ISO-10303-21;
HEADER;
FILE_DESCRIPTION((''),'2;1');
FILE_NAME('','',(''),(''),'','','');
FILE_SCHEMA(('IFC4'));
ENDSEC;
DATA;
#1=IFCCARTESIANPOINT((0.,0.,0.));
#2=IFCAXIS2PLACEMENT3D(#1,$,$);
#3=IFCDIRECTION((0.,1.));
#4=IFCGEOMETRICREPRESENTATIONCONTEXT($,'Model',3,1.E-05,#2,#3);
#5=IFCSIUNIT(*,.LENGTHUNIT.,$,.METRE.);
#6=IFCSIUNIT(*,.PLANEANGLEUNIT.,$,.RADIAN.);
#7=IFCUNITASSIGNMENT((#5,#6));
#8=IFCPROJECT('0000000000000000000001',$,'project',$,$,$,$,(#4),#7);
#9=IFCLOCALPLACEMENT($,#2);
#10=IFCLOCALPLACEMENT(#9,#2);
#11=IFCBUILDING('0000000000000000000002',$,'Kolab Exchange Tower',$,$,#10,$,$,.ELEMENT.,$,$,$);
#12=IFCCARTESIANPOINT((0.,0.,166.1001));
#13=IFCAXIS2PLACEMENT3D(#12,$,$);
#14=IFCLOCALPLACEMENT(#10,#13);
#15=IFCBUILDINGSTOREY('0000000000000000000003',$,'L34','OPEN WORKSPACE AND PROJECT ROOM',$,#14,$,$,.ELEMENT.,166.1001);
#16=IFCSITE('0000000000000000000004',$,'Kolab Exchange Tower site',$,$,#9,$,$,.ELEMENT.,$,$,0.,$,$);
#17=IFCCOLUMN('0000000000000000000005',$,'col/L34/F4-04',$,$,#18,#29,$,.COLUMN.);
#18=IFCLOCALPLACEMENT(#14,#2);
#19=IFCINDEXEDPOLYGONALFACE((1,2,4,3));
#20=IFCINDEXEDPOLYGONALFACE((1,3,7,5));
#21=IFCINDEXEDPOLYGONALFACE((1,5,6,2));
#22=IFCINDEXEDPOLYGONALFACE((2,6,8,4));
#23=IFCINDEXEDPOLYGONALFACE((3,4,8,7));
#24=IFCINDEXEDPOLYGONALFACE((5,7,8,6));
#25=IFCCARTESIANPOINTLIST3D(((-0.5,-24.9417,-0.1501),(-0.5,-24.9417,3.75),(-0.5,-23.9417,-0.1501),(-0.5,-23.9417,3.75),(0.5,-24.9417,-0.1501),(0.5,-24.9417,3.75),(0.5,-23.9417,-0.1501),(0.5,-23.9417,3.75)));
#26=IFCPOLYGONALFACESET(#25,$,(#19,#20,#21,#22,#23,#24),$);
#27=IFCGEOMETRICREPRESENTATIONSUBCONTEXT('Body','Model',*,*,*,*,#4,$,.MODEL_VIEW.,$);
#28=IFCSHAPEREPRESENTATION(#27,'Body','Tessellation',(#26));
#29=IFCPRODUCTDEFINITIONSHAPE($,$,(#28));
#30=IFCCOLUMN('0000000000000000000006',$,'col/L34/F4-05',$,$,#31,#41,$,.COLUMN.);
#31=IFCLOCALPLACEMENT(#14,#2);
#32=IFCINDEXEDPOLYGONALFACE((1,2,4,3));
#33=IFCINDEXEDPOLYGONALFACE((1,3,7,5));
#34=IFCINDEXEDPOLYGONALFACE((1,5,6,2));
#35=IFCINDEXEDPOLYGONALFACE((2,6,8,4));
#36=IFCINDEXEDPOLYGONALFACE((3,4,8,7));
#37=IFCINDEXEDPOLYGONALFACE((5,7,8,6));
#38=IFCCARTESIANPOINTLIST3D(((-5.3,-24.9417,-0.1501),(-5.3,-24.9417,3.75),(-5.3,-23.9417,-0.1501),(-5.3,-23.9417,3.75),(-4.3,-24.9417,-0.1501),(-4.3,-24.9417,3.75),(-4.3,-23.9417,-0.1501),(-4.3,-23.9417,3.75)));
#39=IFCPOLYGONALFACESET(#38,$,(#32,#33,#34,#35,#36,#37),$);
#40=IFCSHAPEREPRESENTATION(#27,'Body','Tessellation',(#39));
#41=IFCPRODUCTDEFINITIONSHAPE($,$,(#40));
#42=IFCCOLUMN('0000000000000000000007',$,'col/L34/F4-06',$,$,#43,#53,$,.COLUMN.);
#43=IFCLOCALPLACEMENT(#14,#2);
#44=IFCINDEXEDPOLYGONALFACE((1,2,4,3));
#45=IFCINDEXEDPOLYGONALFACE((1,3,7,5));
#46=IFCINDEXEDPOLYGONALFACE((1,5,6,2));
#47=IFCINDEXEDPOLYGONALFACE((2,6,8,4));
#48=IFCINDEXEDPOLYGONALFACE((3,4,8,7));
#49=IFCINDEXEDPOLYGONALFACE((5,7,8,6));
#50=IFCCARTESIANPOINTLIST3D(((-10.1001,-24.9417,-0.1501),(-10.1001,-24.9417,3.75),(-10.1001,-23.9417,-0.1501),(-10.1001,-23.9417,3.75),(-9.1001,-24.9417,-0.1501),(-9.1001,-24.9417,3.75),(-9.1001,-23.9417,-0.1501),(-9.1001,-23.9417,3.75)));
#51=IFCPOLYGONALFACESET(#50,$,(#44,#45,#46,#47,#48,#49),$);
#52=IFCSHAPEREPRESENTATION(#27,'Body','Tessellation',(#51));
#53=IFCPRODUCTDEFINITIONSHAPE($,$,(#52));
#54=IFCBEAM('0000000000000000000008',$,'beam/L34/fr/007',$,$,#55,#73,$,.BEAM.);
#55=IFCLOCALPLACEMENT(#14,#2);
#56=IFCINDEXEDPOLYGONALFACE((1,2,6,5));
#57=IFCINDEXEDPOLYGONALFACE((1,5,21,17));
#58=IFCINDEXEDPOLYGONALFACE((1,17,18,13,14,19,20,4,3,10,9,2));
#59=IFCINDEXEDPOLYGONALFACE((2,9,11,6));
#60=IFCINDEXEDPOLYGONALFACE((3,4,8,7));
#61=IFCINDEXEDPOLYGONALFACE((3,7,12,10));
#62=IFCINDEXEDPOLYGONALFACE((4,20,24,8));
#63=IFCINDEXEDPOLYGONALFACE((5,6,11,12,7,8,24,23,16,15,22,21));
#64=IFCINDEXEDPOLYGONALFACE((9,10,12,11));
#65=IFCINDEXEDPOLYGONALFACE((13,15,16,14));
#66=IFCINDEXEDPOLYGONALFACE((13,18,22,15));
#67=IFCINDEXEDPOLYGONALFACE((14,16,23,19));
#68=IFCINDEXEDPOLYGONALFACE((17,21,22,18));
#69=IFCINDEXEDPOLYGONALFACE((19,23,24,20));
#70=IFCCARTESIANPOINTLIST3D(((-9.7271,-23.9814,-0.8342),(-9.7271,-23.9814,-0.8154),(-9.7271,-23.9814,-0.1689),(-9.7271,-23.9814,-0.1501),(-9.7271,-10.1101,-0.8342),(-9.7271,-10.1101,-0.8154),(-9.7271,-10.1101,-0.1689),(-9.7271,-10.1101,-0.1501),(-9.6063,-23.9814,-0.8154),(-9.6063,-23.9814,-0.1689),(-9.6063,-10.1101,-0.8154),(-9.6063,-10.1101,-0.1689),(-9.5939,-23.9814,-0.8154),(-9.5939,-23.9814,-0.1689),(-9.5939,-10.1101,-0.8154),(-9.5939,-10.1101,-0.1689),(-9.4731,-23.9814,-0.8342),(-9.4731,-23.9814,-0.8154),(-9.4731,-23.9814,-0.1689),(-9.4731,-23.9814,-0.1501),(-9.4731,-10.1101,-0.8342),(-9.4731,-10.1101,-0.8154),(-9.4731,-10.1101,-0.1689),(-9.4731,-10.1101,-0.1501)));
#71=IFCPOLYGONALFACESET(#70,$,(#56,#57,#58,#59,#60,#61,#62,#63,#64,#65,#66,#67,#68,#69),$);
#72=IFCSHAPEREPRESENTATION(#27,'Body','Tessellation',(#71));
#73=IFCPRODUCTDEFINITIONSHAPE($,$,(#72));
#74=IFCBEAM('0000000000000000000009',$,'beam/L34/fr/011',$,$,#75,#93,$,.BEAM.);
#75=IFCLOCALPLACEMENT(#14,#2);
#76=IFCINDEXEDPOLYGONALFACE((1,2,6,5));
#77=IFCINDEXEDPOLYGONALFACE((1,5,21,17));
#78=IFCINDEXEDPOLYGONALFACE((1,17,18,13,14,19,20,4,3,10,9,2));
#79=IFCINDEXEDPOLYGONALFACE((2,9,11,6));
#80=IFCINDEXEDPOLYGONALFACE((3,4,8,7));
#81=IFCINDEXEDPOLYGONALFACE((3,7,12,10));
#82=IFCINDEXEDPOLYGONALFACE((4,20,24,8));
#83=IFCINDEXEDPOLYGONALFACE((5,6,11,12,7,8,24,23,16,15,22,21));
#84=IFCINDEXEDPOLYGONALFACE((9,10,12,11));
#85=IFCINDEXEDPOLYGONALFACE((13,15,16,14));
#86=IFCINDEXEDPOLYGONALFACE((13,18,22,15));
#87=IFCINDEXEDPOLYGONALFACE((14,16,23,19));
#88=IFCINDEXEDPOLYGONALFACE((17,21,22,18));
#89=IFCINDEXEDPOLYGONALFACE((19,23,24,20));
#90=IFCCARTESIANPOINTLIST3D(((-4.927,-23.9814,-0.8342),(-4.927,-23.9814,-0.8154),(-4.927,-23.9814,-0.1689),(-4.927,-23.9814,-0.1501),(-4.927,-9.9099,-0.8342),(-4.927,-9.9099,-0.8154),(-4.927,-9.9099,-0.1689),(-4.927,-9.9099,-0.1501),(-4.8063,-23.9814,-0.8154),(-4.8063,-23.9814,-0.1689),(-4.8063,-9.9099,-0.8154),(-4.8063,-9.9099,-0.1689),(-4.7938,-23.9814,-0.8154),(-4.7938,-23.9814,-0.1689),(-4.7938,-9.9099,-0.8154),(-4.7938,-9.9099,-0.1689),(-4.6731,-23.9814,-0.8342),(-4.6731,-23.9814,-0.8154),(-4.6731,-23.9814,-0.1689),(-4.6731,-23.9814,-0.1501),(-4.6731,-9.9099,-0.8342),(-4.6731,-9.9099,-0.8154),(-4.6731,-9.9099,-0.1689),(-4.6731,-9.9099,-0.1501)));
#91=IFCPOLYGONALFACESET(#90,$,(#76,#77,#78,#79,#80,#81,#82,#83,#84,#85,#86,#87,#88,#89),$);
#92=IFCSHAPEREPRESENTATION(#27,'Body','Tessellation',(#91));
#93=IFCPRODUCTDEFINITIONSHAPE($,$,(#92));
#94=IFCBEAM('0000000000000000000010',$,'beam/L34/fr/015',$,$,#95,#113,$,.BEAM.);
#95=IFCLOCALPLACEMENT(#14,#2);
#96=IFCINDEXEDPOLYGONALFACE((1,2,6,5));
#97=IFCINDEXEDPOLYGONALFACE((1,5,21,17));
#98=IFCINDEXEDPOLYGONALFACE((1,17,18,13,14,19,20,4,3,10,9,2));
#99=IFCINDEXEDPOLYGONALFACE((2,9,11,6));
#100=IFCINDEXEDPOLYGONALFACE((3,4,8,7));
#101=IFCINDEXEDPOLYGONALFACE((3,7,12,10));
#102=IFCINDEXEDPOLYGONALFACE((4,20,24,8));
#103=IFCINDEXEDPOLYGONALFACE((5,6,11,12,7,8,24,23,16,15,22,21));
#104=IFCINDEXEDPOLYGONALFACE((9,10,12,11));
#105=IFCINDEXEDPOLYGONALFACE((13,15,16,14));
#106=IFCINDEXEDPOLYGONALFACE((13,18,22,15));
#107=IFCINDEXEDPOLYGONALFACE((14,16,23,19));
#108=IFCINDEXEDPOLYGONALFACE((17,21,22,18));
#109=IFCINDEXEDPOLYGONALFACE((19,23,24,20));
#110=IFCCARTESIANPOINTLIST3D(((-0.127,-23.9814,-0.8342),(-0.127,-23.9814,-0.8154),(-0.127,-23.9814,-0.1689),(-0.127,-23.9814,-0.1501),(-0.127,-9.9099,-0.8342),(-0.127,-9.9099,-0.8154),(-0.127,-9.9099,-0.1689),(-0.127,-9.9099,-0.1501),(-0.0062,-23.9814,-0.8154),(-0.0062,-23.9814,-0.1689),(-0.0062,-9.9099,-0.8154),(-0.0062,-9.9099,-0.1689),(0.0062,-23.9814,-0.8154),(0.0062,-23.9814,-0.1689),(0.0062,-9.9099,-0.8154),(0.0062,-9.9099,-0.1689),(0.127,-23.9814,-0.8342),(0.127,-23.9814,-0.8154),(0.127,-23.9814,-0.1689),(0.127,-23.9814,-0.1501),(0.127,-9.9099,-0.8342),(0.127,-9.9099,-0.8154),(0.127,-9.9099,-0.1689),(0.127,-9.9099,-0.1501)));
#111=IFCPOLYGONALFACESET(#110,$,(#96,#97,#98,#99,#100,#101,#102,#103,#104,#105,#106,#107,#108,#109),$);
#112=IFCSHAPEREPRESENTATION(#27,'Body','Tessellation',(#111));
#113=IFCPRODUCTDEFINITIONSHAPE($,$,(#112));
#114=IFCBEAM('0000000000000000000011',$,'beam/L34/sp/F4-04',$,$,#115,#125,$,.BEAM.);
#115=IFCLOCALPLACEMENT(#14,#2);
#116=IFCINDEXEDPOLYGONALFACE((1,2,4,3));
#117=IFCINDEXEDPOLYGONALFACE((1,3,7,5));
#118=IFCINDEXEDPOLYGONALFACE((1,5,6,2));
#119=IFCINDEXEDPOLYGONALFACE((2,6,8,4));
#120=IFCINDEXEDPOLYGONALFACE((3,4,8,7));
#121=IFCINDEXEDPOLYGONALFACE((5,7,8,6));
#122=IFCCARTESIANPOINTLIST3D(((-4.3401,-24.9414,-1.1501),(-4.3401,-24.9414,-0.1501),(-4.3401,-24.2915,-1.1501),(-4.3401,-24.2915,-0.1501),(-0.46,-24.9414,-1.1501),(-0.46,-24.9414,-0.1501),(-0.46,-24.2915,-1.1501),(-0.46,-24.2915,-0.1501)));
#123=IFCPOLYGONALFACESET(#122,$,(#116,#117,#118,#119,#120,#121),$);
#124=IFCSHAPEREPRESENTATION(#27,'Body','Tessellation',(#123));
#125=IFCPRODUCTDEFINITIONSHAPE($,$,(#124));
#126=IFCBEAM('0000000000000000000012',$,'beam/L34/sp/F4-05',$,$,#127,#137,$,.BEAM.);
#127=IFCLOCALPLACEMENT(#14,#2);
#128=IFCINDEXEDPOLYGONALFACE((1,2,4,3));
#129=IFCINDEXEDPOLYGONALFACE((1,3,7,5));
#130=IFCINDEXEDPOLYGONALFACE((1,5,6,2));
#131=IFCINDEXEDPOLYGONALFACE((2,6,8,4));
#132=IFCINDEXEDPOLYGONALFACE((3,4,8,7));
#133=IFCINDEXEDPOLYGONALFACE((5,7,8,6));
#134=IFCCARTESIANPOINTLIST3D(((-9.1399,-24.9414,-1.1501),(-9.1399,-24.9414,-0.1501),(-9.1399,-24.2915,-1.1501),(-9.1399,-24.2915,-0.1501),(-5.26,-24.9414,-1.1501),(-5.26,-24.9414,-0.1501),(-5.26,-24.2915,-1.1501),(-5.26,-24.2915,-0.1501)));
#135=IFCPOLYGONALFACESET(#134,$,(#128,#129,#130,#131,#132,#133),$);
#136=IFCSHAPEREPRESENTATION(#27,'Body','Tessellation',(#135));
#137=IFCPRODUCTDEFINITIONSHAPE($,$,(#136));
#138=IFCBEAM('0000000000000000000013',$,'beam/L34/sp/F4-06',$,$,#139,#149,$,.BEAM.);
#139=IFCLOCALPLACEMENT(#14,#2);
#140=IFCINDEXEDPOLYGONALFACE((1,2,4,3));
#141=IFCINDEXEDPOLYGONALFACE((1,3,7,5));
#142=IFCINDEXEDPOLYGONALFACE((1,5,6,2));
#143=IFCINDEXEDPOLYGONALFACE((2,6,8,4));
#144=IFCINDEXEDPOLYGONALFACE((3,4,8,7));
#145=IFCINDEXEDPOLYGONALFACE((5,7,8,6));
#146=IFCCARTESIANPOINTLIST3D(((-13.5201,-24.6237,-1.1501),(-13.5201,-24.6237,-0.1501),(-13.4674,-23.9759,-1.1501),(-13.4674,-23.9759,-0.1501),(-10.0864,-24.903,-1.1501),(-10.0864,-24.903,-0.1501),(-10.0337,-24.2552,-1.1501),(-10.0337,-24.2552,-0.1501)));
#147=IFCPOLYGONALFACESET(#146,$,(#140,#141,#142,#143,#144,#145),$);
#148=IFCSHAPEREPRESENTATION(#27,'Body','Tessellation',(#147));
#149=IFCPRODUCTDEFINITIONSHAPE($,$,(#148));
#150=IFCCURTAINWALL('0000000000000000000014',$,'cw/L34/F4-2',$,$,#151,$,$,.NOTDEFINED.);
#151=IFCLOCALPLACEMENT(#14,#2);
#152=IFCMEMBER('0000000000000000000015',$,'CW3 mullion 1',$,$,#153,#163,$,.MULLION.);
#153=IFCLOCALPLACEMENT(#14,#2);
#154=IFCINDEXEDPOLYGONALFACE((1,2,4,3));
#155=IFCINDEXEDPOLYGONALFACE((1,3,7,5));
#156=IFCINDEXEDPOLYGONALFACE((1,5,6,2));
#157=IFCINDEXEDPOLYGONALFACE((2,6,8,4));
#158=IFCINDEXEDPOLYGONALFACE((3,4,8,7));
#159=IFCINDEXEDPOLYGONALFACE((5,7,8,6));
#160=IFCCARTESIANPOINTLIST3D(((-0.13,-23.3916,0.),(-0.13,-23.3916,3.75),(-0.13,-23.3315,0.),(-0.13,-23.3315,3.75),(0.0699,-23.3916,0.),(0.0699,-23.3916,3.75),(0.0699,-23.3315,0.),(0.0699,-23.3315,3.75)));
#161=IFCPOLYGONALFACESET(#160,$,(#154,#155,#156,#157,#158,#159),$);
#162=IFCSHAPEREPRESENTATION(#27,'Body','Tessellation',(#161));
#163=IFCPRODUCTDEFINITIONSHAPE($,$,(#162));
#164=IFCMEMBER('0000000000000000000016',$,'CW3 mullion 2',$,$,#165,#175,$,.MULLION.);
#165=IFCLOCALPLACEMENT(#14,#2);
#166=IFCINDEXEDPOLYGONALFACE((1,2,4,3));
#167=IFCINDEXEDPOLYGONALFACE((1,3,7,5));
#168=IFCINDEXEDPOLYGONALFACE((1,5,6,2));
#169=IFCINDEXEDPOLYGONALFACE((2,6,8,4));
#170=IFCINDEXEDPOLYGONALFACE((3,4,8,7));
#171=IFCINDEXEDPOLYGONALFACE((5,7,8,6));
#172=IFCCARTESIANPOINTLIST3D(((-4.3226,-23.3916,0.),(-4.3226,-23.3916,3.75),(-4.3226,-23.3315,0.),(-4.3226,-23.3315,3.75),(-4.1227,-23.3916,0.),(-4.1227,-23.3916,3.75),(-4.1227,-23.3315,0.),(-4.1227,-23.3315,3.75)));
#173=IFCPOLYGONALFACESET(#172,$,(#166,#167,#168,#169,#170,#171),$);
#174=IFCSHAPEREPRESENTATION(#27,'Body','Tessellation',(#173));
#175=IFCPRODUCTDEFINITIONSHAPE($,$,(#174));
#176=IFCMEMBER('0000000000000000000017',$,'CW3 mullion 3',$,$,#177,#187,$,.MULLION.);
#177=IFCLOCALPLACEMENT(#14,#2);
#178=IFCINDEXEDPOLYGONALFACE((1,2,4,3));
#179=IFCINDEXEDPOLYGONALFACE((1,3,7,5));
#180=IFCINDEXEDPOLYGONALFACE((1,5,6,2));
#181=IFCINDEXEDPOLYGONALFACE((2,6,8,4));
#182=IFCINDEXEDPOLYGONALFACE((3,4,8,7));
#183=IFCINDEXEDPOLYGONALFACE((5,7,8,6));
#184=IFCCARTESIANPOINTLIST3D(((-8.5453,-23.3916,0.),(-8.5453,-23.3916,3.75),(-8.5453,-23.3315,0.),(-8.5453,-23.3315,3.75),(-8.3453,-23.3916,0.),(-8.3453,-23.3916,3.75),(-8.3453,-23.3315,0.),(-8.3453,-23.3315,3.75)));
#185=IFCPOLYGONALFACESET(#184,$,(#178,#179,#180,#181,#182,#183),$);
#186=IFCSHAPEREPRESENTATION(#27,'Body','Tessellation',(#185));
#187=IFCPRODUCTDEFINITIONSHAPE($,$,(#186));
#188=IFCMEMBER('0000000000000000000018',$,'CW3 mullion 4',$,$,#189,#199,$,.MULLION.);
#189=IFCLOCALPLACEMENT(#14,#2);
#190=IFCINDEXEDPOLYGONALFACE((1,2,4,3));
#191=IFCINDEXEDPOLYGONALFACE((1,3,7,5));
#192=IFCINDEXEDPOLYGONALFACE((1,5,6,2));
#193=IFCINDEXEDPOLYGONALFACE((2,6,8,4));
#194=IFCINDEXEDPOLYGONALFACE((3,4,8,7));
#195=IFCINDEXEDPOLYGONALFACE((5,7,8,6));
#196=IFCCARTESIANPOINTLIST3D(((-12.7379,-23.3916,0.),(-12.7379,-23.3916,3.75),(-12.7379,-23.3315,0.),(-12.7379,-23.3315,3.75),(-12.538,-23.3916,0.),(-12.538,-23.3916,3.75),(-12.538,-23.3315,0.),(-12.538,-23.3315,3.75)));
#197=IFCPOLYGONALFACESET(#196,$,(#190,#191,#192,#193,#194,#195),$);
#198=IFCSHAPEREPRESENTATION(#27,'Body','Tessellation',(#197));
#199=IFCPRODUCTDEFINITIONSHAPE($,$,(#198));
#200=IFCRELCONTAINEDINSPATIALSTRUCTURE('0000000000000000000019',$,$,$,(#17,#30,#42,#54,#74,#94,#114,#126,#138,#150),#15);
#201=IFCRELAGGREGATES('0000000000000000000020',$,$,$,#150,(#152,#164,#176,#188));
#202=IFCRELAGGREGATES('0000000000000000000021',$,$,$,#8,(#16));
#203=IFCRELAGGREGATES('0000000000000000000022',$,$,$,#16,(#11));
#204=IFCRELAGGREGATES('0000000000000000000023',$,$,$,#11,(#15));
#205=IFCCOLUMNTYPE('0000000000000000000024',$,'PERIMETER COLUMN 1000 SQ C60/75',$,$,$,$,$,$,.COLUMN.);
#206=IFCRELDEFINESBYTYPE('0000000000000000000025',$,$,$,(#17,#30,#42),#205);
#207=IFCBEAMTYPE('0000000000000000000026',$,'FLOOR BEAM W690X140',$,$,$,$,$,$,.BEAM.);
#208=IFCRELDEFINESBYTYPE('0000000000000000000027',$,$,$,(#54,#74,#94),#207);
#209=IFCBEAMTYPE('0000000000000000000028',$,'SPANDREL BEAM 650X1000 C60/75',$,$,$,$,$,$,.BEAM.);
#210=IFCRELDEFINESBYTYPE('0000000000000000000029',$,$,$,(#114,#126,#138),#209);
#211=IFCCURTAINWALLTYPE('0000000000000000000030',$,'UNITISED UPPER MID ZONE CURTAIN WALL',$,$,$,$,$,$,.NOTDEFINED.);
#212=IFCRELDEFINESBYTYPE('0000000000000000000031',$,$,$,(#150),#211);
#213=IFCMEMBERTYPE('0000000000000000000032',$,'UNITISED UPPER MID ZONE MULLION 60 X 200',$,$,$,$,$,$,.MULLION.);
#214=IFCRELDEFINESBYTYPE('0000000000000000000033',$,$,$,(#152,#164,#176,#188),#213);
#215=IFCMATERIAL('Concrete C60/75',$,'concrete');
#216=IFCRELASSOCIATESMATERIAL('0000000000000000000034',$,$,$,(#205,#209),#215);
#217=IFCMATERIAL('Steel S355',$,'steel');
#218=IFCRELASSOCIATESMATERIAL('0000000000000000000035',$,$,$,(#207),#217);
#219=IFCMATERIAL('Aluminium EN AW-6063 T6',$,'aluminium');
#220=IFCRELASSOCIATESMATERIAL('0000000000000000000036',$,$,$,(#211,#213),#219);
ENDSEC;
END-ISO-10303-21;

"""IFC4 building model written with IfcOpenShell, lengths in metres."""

from ifc_helpers import new_model, si_unit, direction, frame, origin, origin_2d, place, context, subcontext, project, spatial, rectangle, i_section, extrude, material, material_profile, profile_set, type_object, element, aggregate, save


model = new_model("IFC4")

# Units and contexts
model_context = context("Model", 3, precision=1e-05, world=origin(), true_north=direction((0.0, 1.0)))
body_context = subcontext(model_context, "Body", "Model", "MODEL_VIEW")
ifc_project = project(units=[si_unit("LENGTHUNIT", "METRE"), si_unit("PLANEANGLEUNIT", "RADIAN")], contexts=[model_context])

# Site, building, storey
site_placement = place(None, origin())
site = spatial("IfcSite", under=ifc_project, at=site_placement, Name="Kolab Exchange Tower site", CompositionType="ELEMENT", RefElevation=0.0)
building_placement = place(site_placement, origin())
building = spatial("IfcBuilding", under=site, at=building_placement, Name="Kolab Exchange Tower", CompositionType="ELEMENT")
storey_placement = place(building_placement, frame((0.0, 0.0, 166.1001)))
storey = spatial("IfcBuildingStorey", under=building, at=storey_placement, Name="L34", Description="OPEN WORKSPACE AND PROJECT ROOM", CompositionType="ELEMENT", Elevation=166.1001)

# Columns
ifc_material_1 = material(Name="Concrete C60/75", Category="concrete")
ifc_material_profile_1 = material_profile(ifc_material_1, rectangle(XDim=1.0, YDim=1.0, at=origin_2d()), Name="RC1000")
ifc_profile_set_1 = profile_set([ifc_material_profile_1], Name="Concrete C60/75")
column_type = type_object("IfcColumnType", Name="PERIMETER COLUMN 1000 SQ C60/75", PredefinedType="COLUMN", material=ifc_profile_set_1)
for number, where, z_axis, x_axis, name in (
    (1, (0.0, -24.4417, -0.1501), (0.0, 0.0, 1.0), (1.0, 0.0, 0.0), "col/L34/F4-04"),
    (2, (-4.8, -24.4417, -0.1501), (0.0, 0.0, 1.0), (1.0, 0.0, 0.0), "col/L34/F4-05"),
    (3, (-9.6001, -24.4417, -0.1501), (0.0, 0.0, 1.0), (1.0, 0.0, 0.0), "col/L34/F4-06"),
):
    element("IfcColumn", number, at=place(storey_placement, frame(where, z_axis=z_axis, x_axis=x_axis)), inside=storey, type_object=column_type, Name=name, PredefinedType="COLUMN", context=body_context, shape_type="SweptSolid", body=[
        extrude(rectangle(XDim=1.0, YDim=1.0, at=origin_2d()), origin(), (0.0, 0.0, 1.0), 3.9001),
    ])

# Beams
ifc_material_2 = material(Name="Steel S355", Category="steel")
ifc_material_profile_2 = material_profile(ifc_material_2, i_section(OverallWidth=0.2539, OverallDepth=0.6841, WebThickness=0.0125, FlangeThickness=0.0188, at=origin_2d()), Name="W690X140")
ifc_profile_set_2 = profile_set([ifc_material_profile_2], Name="Steel S355")
beam_type_1 = type_object("IfcBeamType", Name="FLOOR BEAM W690X140", PredefinedType="BEAM", material=ifc_profile_set_2)
beam_1_placement = place(storey_placement, frame((-9.6001, -23.9814, -0.4922), z_axis=(0.0, 1.0, 0.0), x_axis=(-1.0, 0.0, 0.0)))
element("IfcBeam", 4, at=beam_1_placement, inside=storey, type_object=beam_type_1, Name="beam/L34/fr/007", PredefinedType="BEAM", context=body_context, shape_type="SweptSolid", body=[
    extrude(i_section(OverallWidth=0.2539, OverallDepth=0.6841, WebThickness=0.0125, FlangeThickness=0.0188, at=origin_2d()), origin(), (0.0, 0.0, 1.0), 13.8713),
])
for number, where, z_axis, x_axis, name in (
    (5, (-4.8, -23.9814, -0.4922), (0.0, 1.0, 0.0), (-1.0, 0.0, 0.0), "beam/L34/fr/011"),
    (6, (0.0, -23.9814, -0.4922), (0.0, 1.0, 0.0), (-1.0, 0.0, 0.0), "beam/L34/fr/015"),
):
    element("IfcBeam", number, at=place(storey_placement, frame(where, z_axis=z_axis, x_axis=x_axis)), inside=storey, type_object=beam_type_1, Name=name, PredefinedType="BEAM", context=body_context, shape_type="SweptSolid", body=[
        extrude(i_section(OverallWidth=0.2539, OverallDepth=0.6841, WebThickness=0.0125, FlangeThickness=0.0188, at=origin_2d()), origin(), (0.0, 0.0, 1.0), 14.0715),
    ])
ifc_material_profile_3 = material_profile(ifc_material_1, rectangle(XDim=0.6499, YDim=1.0, at=origin_2d()), Name="RC650X1000")
ifc_profile_set_3 = profile_set([ifc_material_profile_3], Name="Concrete C60/75")
beam_type_2 = type_object("IfcBeamType", Name="SPANDREL BEAM 650X1000 C60/75", PredefinedType="BEAM", material=ifc_profile_set_3)
beam_2_placement = place(storey_placement, frame((-0.46, -24.6165, -0.6501), z_axis=(-1.0, 0.0, 0.0), x_axis=(0.0, -1.0, 0.0)))
element("IfcBeam", 7, at=beam_2_placement, inside=storey, type_object=beam_type_2, Name="beam/L34/sp/F4-04", PredefinedType="BEAM", context=body_context, shape_type="SweptSolid", body=[
    extrude(rectangle(XDim=0.6499, YDim=1.0, at=origin_2d()), origin(), (0.0, 0.0, 1.0), 3.8801),
])
beam_3_placement = place(storey_placement, frame((-5.26, -24.6165, -0.6501), z_axis=(-1.0, 0.0, 0.0), x_axis=(0.0, -1.0, 0.0)))
element("IfcBeam", 8, at=beam_3_placement, inside=storey, type_object=beam_type_2, Name="beam/L34/sp/F4-05", PredefinedType="BEAM", context=body_context, shape_type="SweptSolid", body=[
    extrude(rectangle(XDim=0.6499, YDim=1.0, at=origin_2d()), origin(), (0.0, 0.0, 1.0), 3.8799),
])
beam_4_placement = place(storey_placement, frame((-10.0601, -24.5791, -0.6501), z_axis=(-0.996708, 0.081069, 0.0), x_axis=(-0.081069, -0.996708, 0.0)))
element("IfcBeam", 9, at=beam_4_placement, inside=storey, type_object=beam_type_2, Name="beam/L34/sp/F4-06", PredefinedType="BEAM", context=body_context, shape_type="SweptSolid", body=[
    extrude(rectangle(XDim=0.6499, YDim=1.0, at=origin_2d()), origin(), (0.0, 0.0, 1.0), 3.4451),
])

# Curtain wall, members
ifc_material_3 = material(Name="Aluminium EN AW-6063 T6", Category="aluminium")
curtain_wall_type = type_object("IfcCurtainWallType", Name="UNITISED UPPER MID ZONE CURTAIN WALL", PredefinedType="NOTDEFINED", material=ifc_material_3)
curtain_wall_1_placement = place(storey_placement, origin())
curtain_wall_1 = element("IfcCurtainWall", 10, at=curtain_wall_1_placement, inside=storey, type_object=curtain_wall_type, Name="cw/L34/F4-2", PredefinedType="NOTDEFINED")
ifc_material_profile_4 = material_profile(ifc_material_3, rectangle(XDim=0.0601, YDim=0.2, at=origin_2d()), Name="RECT 60X200")
ifc_profile_set_4 = profile_set([ifc_material_profile_4], Name="Aluminium EN AW-6063 T6")
member_type_1 = type_object("IfcMemberType", Name="UNITISED UPPER MID ZONE MULLION 60 X 200", PredefinedType="MULLION", material=ifc_profile_set_4)
member_1_placement = place(storey_placement, frame((-0.03, -23.3616, 0.0), z_axis=(0.0, 0.0, 1.0), x_axis=(0.0, -1.0, 0.0)))
member_1 = element("IfcMember", 11, at=member_1_placement, type_object=member_type_1, Name="CW3 mullion 1", PredefinedType="MULLION", context=body_context, shape_type="SweptSolid", body=[
    extrude(rectangle(XDim=0.0601, YDim=0.2, at=origin_2d()), origin(), (0.0, 0.0, 1.0), 3.75),
])
member_2_placement = place(storey_placement, frame((-4.2227, -23.3616, 0.0), z_axis=(0.0, 0.0, 1.0), x_axis=(0.0, -1.0, 0.0)))
member_2 = element("IfcMember", 12, at=member_2_placement, type_object=member_type_1, Name="CW3 mullion 2", PredefinedType="MULLION", context=body_context, shape_type="SweptSolid", body=[
    extrude(rectangle(XDim=0.0601, YDim=0.2, at=origin_2d()), origin(), (0.0, 0.0, 1.0), 3.75),
])
member_3_placement = place(storey_placement, frame((-8.4453, -23.3616, 0.0), z_axis=(0.0, 0.0, 1.0), x_axis=(0.0, -1.0, 0.0)))
member_3 = element("IfcMember", 13, at=member_3_placement, type_object=member_type_1, Name="CW3 mullion 3", PredefinedType="MULLION", context=body_context, shape_type="SweptSolid", body=[
    extrude(rectangle(XDim=0.0601, YDim=0.2, at=origin_2d()), origin(), (0.0, 0.0, 1.0), 3.75),
])
member_4_placement = place(storey_placement, frame((-12.6379, -23.3616, 0.0), z_axis=(0.0, 0.0, 1.0), x_axis=(0.0, -1.0, 0.0)))
member_4 = element("IfcMember", 14, at=member_4_placement, type_object=member_type_1, Name="CW3 mullion 4", PredefinedType="MULLION", context=body_context, shape_type="SweptSolid", body=[
    extrude(rectangle(XDim=0.0601, YDim=0.2, at=origin_2d()), origin(), (0.0, 0.0, 1.0), 3.75),
])

aggregate(curtain_wall_1, [member_1, member_2, member_3, member_4])

save(model, "model.ifc")
